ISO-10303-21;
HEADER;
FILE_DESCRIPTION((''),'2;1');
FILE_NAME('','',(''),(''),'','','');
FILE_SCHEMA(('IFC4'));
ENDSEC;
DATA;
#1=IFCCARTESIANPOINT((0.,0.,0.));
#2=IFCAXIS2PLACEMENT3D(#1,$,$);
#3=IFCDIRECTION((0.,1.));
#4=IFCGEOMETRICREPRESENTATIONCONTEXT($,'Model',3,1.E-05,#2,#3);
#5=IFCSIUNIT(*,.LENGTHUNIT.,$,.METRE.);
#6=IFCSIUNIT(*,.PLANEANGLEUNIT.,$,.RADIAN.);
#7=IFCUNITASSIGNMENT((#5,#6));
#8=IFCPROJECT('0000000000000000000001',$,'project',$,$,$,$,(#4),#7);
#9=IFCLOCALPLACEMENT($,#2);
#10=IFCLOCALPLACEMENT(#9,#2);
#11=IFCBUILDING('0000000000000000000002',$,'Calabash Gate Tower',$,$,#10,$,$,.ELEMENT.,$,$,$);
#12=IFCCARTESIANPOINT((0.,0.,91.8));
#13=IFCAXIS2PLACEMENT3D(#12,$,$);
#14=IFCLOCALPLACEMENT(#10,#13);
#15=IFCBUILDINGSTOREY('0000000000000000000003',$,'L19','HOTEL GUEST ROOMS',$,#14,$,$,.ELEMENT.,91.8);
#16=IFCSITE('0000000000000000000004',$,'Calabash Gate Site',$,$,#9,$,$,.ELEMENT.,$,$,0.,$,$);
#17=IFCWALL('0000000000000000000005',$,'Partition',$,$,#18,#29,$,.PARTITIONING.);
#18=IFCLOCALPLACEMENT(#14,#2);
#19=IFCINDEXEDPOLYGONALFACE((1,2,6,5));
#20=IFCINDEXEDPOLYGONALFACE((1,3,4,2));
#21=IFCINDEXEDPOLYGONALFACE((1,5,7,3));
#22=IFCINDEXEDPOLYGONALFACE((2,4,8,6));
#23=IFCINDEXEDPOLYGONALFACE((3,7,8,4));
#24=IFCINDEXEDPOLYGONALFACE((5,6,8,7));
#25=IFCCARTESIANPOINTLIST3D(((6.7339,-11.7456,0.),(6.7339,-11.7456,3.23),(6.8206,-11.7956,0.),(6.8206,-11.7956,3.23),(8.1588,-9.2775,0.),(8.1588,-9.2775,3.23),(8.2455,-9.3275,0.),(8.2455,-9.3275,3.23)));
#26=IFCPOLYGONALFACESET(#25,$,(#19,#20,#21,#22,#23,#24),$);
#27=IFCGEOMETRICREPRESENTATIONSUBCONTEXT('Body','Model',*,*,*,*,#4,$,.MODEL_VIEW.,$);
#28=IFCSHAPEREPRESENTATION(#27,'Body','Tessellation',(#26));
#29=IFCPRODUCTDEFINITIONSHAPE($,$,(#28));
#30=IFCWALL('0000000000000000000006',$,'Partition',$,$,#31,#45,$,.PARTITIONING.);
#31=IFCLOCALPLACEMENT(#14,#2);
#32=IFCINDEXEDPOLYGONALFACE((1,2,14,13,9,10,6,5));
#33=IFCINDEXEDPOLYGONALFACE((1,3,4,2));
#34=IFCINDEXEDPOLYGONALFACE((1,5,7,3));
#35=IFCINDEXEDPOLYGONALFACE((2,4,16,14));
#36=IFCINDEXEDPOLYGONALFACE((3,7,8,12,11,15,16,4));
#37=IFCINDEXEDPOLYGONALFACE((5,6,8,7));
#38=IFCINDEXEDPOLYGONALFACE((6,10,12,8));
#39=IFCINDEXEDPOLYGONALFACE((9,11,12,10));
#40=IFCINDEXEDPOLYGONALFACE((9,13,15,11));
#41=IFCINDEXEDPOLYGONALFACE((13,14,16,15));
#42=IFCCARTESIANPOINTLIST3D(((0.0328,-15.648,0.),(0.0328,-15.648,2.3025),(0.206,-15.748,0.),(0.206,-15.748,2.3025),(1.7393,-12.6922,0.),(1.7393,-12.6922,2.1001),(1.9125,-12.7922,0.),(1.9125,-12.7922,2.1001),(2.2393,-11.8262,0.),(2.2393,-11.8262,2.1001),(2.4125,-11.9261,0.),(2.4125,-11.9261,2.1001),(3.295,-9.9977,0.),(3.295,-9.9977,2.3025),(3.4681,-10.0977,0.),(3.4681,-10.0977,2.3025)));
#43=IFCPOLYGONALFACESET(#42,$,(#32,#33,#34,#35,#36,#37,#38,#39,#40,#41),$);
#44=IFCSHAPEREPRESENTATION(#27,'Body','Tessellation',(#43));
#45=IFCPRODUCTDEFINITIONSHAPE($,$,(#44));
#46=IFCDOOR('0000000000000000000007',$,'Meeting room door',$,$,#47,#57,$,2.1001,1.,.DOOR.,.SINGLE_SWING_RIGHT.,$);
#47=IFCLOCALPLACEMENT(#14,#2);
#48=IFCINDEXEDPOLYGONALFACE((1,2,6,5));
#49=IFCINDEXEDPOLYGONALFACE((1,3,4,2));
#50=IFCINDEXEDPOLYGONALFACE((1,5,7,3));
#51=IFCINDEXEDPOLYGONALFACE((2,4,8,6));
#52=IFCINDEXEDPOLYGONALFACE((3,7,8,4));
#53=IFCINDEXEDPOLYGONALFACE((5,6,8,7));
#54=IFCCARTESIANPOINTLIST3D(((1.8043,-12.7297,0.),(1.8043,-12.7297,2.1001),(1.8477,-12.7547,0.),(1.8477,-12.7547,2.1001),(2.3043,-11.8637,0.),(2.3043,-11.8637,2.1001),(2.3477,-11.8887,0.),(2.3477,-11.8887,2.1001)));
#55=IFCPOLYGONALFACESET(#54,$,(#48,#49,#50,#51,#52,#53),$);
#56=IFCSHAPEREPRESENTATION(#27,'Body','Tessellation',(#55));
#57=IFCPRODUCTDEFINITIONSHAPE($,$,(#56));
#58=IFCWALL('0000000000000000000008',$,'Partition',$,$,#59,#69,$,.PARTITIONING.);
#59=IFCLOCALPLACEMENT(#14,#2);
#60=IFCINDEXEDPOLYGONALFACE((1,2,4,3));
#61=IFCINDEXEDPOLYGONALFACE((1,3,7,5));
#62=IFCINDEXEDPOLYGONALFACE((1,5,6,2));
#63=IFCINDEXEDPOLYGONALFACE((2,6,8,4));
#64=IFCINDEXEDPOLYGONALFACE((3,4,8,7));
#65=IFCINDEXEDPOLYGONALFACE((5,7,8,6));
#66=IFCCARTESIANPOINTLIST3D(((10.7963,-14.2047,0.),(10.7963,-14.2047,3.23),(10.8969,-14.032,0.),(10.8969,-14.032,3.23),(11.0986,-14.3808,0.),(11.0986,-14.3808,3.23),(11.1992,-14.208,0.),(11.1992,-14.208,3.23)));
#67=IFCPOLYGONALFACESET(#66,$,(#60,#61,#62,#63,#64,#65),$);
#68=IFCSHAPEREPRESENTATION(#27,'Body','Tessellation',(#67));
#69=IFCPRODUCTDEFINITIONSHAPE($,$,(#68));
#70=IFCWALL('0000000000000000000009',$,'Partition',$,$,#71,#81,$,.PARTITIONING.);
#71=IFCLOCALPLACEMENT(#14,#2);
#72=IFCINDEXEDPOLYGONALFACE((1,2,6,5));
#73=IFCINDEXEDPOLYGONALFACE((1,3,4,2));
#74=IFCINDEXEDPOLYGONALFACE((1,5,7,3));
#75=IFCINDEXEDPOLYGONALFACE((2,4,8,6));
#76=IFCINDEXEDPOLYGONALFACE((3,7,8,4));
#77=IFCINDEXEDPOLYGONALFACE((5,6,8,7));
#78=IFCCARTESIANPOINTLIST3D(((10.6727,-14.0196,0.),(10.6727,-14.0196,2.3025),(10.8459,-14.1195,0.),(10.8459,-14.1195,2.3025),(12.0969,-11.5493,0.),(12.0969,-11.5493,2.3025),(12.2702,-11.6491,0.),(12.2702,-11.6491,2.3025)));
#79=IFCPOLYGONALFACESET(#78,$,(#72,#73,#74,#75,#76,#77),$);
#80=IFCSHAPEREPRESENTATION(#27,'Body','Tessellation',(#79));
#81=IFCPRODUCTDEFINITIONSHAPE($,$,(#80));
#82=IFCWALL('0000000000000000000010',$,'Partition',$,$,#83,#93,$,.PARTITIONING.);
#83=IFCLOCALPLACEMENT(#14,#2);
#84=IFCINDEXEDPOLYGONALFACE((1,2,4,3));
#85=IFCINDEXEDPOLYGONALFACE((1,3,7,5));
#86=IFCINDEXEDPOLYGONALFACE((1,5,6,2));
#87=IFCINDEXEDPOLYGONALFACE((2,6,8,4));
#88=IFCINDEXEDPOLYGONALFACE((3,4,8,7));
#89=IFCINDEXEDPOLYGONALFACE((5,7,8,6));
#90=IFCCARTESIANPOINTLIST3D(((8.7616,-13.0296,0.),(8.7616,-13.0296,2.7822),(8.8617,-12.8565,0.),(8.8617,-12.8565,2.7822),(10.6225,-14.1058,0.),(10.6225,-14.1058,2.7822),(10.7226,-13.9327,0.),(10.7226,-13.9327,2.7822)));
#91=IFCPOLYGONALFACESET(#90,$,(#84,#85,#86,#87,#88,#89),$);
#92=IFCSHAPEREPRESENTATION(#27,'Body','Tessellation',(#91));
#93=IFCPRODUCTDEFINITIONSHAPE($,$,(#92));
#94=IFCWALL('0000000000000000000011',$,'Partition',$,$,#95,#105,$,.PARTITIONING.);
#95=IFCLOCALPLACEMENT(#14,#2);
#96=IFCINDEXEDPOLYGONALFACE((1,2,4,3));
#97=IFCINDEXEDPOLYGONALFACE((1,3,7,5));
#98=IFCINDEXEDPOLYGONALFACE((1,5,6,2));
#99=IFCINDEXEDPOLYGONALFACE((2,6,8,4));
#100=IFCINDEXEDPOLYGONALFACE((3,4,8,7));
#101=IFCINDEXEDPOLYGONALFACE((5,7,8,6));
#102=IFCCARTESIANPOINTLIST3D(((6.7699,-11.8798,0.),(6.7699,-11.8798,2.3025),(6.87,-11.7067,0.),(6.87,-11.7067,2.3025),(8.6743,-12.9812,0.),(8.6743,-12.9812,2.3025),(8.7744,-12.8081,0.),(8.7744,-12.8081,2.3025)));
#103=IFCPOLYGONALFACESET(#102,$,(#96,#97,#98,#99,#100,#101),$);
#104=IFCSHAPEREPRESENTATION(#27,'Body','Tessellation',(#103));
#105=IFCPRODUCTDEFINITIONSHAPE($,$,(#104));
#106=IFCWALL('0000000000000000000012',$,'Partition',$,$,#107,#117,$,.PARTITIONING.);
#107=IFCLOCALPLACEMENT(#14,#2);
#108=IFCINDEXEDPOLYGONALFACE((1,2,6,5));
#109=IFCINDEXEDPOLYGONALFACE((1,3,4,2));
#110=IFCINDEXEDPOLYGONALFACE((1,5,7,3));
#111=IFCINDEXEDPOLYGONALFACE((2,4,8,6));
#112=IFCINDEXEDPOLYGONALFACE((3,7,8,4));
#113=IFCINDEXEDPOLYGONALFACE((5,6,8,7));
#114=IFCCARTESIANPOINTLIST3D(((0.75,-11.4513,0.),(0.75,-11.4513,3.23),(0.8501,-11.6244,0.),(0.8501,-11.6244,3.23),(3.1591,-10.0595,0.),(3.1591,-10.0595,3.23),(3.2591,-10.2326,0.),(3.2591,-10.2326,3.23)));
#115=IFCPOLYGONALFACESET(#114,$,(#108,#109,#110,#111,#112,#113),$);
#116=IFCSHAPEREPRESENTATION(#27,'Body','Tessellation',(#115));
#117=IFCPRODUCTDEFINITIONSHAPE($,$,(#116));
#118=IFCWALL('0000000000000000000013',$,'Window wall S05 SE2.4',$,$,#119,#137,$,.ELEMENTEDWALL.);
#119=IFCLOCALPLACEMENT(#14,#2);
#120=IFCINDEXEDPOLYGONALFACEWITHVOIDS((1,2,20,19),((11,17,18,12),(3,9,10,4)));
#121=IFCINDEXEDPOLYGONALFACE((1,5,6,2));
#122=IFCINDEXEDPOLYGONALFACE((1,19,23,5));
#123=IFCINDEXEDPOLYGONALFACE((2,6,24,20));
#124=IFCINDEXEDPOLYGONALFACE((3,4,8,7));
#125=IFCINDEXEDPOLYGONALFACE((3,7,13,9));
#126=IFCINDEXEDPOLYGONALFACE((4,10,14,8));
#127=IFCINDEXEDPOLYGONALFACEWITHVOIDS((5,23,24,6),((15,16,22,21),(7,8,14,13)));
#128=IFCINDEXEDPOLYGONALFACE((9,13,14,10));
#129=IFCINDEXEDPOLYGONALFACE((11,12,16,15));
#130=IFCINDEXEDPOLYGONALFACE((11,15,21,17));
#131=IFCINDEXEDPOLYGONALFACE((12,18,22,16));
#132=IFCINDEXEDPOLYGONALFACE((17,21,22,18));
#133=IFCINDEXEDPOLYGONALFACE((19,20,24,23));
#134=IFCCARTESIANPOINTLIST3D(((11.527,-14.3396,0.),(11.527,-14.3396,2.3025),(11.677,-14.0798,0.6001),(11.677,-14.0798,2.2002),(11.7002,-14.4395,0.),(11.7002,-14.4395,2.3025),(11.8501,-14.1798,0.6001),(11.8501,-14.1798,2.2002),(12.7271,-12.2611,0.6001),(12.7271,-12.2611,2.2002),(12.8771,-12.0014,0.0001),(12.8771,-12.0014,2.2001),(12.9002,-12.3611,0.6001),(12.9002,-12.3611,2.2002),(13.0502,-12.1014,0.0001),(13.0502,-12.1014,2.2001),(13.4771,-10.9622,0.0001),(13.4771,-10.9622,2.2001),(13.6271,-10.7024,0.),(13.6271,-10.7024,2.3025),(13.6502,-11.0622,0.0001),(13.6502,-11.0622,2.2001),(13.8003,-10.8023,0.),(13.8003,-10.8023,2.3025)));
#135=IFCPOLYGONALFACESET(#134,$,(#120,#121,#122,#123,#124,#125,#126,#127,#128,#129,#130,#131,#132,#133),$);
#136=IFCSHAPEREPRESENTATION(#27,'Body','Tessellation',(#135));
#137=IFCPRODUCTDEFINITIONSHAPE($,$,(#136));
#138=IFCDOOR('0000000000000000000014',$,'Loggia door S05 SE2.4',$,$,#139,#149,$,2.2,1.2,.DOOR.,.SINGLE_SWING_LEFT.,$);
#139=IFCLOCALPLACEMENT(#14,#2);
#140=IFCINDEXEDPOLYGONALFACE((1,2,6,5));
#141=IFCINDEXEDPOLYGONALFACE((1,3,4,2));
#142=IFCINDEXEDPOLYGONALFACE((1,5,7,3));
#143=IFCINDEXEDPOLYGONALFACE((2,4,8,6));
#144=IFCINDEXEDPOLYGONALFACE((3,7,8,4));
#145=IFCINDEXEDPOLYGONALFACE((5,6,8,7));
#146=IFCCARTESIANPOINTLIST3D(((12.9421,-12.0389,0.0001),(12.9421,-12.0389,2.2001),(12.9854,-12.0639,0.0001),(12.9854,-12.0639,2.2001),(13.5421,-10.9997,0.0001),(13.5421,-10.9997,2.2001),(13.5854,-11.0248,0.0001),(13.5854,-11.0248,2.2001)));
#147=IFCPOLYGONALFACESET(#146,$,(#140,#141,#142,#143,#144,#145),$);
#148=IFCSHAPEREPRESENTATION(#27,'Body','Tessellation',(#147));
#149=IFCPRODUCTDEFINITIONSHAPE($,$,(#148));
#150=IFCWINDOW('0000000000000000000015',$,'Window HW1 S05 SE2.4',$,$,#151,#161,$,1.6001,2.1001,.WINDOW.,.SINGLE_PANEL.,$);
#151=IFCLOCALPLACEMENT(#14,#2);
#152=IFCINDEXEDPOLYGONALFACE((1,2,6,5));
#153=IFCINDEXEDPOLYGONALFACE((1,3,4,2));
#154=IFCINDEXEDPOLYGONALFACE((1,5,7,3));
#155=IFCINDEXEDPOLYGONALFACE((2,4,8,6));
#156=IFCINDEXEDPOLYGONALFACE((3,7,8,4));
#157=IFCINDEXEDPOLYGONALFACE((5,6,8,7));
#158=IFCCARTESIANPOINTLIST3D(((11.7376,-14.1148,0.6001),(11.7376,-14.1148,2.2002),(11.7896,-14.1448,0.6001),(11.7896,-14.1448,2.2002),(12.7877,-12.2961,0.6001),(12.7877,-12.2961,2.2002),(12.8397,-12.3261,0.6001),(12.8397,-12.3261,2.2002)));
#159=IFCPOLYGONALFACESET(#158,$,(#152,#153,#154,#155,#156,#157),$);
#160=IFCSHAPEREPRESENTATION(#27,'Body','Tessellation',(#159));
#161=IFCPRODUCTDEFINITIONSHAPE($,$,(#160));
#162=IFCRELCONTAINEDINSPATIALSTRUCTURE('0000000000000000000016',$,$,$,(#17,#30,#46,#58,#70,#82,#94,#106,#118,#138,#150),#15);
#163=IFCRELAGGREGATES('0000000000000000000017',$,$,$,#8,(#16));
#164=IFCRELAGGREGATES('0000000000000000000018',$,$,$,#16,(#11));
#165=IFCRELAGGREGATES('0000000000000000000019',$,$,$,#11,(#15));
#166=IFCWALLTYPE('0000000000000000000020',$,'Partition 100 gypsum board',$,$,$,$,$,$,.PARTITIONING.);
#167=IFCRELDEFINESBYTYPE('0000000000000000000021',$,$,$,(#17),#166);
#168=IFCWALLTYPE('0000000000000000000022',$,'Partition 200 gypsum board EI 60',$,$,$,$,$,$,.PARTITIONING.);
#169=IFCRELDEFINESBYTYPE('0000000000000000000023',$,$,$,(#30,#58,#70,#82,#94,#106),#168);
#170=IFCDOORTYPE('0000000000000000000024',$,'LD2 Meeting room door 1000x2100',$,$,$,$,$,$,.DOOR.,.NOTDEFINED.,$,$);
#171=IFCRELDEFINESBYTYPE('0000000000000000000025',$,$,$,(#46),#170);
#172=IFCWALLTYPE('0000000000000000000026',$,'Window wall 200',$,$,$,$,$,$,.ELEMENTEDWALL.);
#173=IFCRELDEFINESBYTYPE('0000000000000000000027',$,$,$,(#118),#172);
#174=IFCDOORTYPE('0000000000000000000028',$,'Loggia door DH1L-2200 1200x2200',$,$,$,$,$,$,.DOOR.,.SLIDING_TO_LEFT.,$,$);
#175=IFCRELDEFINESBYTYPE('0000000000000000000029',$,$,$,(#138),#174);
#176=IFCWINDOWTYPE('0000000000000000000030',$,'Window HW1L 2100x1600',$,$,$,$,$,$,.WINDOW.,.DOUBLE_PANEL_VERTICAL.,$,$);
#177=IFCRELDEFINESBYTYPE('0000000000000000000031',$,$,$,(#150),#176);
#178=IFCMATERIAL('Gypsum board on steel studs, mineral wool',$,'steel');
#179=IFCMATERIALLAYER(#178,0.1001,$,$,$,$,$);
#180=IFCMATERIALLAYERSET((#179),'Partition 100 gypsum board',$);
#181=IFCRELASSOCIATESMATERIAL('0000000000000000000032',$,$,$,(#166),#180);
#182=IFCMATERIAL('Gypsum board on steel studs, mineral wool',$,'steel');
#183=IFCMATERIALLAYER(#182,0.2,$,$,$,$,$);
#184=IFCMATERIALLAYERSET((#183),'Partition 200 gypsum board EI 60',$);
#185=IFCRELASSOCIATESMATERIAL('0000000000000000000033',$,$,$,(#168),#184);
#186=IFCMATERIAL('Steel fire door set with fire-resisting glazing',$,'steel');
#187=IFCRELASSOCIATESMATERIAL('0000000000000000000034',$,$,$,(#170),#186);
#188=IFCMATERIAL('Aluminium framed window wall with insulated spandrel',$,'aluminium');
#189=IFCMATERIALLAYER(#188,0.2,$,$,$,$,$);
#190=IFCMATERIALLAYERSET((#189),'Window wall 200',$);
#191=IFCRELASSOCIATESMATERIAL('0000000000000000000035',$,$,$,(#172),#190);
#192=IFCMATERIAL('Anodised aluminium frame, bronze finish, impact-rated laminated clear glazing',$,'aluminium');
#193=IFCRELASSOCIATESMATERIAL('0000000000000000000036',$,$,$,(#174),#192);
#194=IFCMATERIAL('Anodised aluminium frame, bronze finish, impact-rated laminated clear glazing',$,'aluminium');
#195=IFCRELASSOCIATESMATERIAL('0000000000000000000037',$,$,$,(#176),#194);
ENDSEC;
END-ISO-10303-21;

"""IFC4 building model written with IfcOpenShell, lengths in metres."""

from ifc_helpers import new_model, si_unit, direction, frame, frame_2d, origin, place, context, subcontext, project, spatial, rectangle, extrude, material, layer, layer_set, type_object, element, fill, save


model = new_model("IFC4")

# Units and contexts
model_context = context("Model", 3, precision=1e-05, world=origin(), true_north=direction((0.0, 1.0)))
body_context = subcontext(model_context, "Body", "Model", "MODEL_VIEW")
ifc_project = project(units=[si_unit("LENGTHUNIT", "METRE"), si_unit("PLANEANGLEUNIT", "RADIAN")], contexts=[model_context])

# Site, building, storey
site_placement = place(None, origin())
site = spatial("IfcSite", under=ifc_project, at=site_placement, Name="Calabash Gate Site", CompositionType="ELEMENT", RefElevation=0.0)
building_placement = place(site_placement, origin())
building = spatial("IfcBuilding", under=site, at=building_placement, Name="Calabash Gate Tower", CompositionType="ELEMENT")
storey_placement = place(building_placement, frame((0.0, 0.0, 91.8)))
storey = spatial("IfcBuildingStorey", under=building, at=storey_placement, Name="L19", Description="HOTEL GUEST ROOMS", CompositionType="ELEMENT", Elevation=91.8)

# Shared definitions
ifc_material_1 = material(Name="Gypsum board on steel studs, mineral wool", Category="steel")
ifc_layer_1 = layer(ifc_material_1, 0.1001)
ifc_layer_set_1 = layer_set([ifc_layer_1], Name="Partition 100 gypsum board")
wall_type_1 = type_object("IfcWallType", Name="Partition 100 gypsum board", PredefinedType="PARTITIONING", material=ifc_layer_set_1)

# Wall
wall_1_placement = place(storey_placement, frame((6.7773, -11.7705, 0.0), z_axis=(0.0, 0.0, 1.0), x_axis=(0.499972, 0.866041, 0.0)))
element("IfcWall", 1, at=wall_1_placement, inside=storey, type_object=wall_type_1, Name="Partition", PredefinedType="PARTITIONING", context=body_context, shape_type="SweptSolid", body=[
    extrude(rectangle(XDim=2.8499, YDim=0.1001, at=frame_2d((1.4248, 0.0))), origin(), (0.0, 0.0, 1.0), 3.23),
])

# Wall, opening, door
ifc_material_2 = material(Name="Gypsum board on steel studs, mineral wool", Category="steel")
ifc_layer_2 = layer(ifc_material_2, 0.2)
ifc_layer_set_2 = layer_set([ifc_layer_2], Name="Partition 200 gypsum board EI 60")
wall_type_2 = type_object("IfcWallType", Name="Partition 200 gypsum board EI 60", PredefinedType="PARTITIONING", material=ifc_layer_set_2)
wall_2_placement = place(storey_placement, frame((0.1194, -15.698, 0.0), z_axis=(0.0, 0.0, 1.0), x_axis=(0.499995, 0.866029, 0.0)))
wall_2 = element("IfcWall", 2, at=wall_2_placement, inside=storey, type_object=wall_type_2, Name="Partition", PredefinedType="PARTITIONING", context=body_context, shape_type="SweptSolid", body=[
    extrude(rectangle(XDim=6.5244, YDim=0.2, at=frame_2d((3.2622, 0.0))), origin(), (0.0, 0.0, 1.0), 2.3025),
])
opening_1_placement = place(wall_2_placement, frame((3.4131, 0.0, 0.0)))
opening_1 = element("IfcOpeningElement", 3, at=opening_1_placement, cuts=wall_2, PredefinedType="OPENING", context=body_context, shape_type="SweptSolid", body=[
    extrude(rectangle(XDim=1.0, YDim=2.1001, at=frame_2d((0.5, 1.05))), frame((0.0, 0.1099, 0.0), z_axis=(0.0, -1.0, 0.0), x_axis=(1.0, 0.0, 0.0)), (0.0, 0.0, 1.0), 0.22),
])
ifc_material_3 = material(Name="Steel fire door set with fire-resisting glazing", Category="steel")
door_type_1 = type_object("IfcDoorType", Name="LD2 Meeting room door 1000x2100", OperationType="NOTDEFINED", PredefinedType="DOOR", material=ifc_material_3)
door_1_placement = place(opening_1_placement, origin())
door_1 = element("IfcDoor", 4, at=door_1_placement, inside=storey, type_object=door_type_1, Name="Meeting room door", OperationType="SINGLE_SWING_RIGHT", OverallHeight=2.1001, OverallWidth=1.0, PredefinedType="DOOR", context=body_context, shape_type="SweptSolid", body=[
    extrude(rectangle(XDim=1.0, YDim=2.1001, at=frame_2d((0.5, 1.05))), frame((0.0, 0.0249, 0.0), z_axis=(0.0, -1.0, 0.0), x_axis=(1.0, 0.0, 0.0)), (0.0, 0.0, 1.0), 0.05),
])
fill(opening_1, door_1)

# Walls
wall_3_placement = place(storey_placement, frame((10.8467, -14.1184, 0.0), z_axis=(0.0, 0.0, 1.0), x_axis=(0.864133, -0.503263, 0.0)))
element("IfcWall", 5, at=wall_3_placement, inside=storey, type_object=wall_type_2, Name="Partition", PredefinedType="PARTITIONING", context=body_context, shape_type="SweptSolid", body=[
    extrude(rectangle(XDim=0.3499, YDim=0.2, at=frame_2d((0.1748, 0.0))), origin(), (0.0, 0.0, 1.0), 3.23),
])
wall_4_placement = place(storey_placement, frame((10.7593, -14.0696, 0.0), z_axis=(0.0, 0.0, 1.0), x_axis=(0.499473, 0.86633, 0.0)))
element("IfcWall", 6, at=wall_4_placement, inside=storey, type_object=wall_type_2, Name="Partition", PredefinedType="PARTITIONING", context=body_context, shape_type="SweptSolid", body=[
    extrude(rectangle(XDim=2.8516, YDim=0.2, at=frame_2d((1.4258, 0.0))), origin(), (0.0, 0.0, 1.0), 2.3025),
])
wall_5_placement = place(storey_placement, frame((8.8118, -12.9431, 0.0), z_axis=(0.0, 0.0, 1.0), x_axis=(0.865659, -0.500633, 0.0)))
element("IfcWall", 7, at=wall_5_placement, inside=storey, type_object=wall_type_2, Name="Partition", PredefinedType="PARTITIONING", context=body_context, shape_type="SweptSolid", body=[
    extrude(rectangle(XDim=2.1497, YDim=0.2, at=frame_2d((1.0747, 0.0))), origin(), (0.0, 0.0, 1.0), 2.7822),
])
wall_6_placement = place(storey_placement, frame((6.8198, -11.7932, 0.0), z_axis=(0.0, 0.0, 1.0), x_axis=(0.865657, -0.500638, 0.0)))
element("IfcWall", 8, at=wall_6_placement, inside=storey, type_object=wall_type_2, Name="Partition", PredefinedType="PARTITIONING", context=body_context, shape_type="SweptSolid", body=[
    extrude(rectangle(XDim=2.2, YDim=0.2, at=frame_2d((1.1001, 0.0))), origin(), (0.0, 0.0, 1.0), 2.3025),
])
wall_7_placement = place(storey_placement, frame((0.8, -11.5378, 0.0), z_axis=(0.0, 0.0, 1.0), x_axis=(0.865884, 0.500244, 0.0)))
element("IfcWall", 9, at=wall_7_placement, inside=storey, type_object=wall_type_2, Name="Partition", PredefinedType="PARTITIONING", context=body_context, shape_type="SweptSolid", body=[
    extrude(rectangle(XDim=2.7822, YDim=0.2, at=frame_2d((1.3911, 0.0))), origin(), (0.0, 0.0, 1.0), 3.23),
])

# Wall, openings, door, window
ifc_material_4 = material(Name="Aluminium framed window wall with insulated spandrel", Category="aluminium")
ifc_layer_3 = layer(ifc_material_4, 0.2)
ifc_layer_set_3 = layer_set([ifc_layer_3], Name="Window wall 200")
wall_type_3 = type_object("IfcWallType", Name="Window wall 200", PredefinedType="ELEMENTEDWALL", material=ifc_layer_set_3)
wall_8_placement = place(storey_placement, frame((11.6135, -14.3896, 0.0), z_axis=(0.0, 0.0, 1.0), x_axis=(0.500028, 0.866009, 0.0)))
wall_8 = element("IfcWall", 10, at=wall_8_placement, inside=storey, type_object=wall_type_3, Name="Window wall S05 SE2.4", PredefinedType="ELEMENTEDWALL", context=body_context, shape_type="SweptSolid", body=[
    extrude(rectangle(XDim=4.2, YDim=0.2, at=frame_2d((2.1001, 0.0))), origin(), (0.0, 0.0, 1.0), 2.3025),
])
opening_2_placement = place(wall_8_placement, frame((0.3, 0.0, 0.6001)))
opening_2 = element("IfcOpeningElement", 11, at=opening_2_placement, cuts=wall_8, PredefinedType="OPENING", context=body_context, shape_type="SweptSolid", body=[
    extrude(rectangle(XDim=2.1001, YDim=1.6001, at=frame_2d((1.05, 0.8))), frame((0.0, 0.1099, 0.0), z_axis=(0.0, -1.0, 0.0), x_axis=(1.0, 0.0, 0.0)), (0.0, 0.0, 1.0), 0.22),
])
opening_3_placement = place(wall_8_placement, frame((2.7, 0.0, 0.0)))
opening_3 = element("IfcOpeningElement", 12, at=opening_3_placement, cuts=wall_8, PredefinedType="OPENING", context=body_context, shape_type="SweptSolid", body=[
    extrude(rectangle(XDim=1.2, YDim=2.2, at=frame_2d((0.6001, 1.1001))), frame((0.0, 0.1099, 0.0), z_axis=(0.0, -1.0, 0.0), x_axis=(1.0, 0.0, 0.0)), (0.0, 0.0, 1.0), 0.22),
])
ifc_material_5 = material(Name="Anodised aluminium frame, bronze finish, impact-rated laminated clear glazing", Category="aluminium")
door_type_2 = type_object("IfcDoorType", Name="Loggia door DH1L-2200 1200x2200", OperationType="SLIDING_TO_LEFT", PredefinedType="DOOR", material=ifc_material_5)
door_2_placement = place(opening_3_placement, origin())
door_2 = element("IfcDoor", 13, at=door_2_placement, inside=storey, type_object=door_type_2, Name="Loggia door S05 SE2.4", OperationType="SINGLE_SWING_LEFT", OverallHeight=2.2, OverallWidth=1.2, PredefinedType="DOOR", context=body_context, shape_type="SweptSolid", body=[
    extrude(rectangle(XDim=1.2, YDim=2.2, at=frame_2d((0.6001, 1.1001))), frame((0.0, 0.0249, 0.0), z_axis=(0.0, -1.0, 0.0), x_axis=(1.0, 0.0, 0.0)), (0.0, 0.0, 1.0), 0.05),
])
fill(opening_3, door_2)
ifc_material_6 = material(Name="Anodised aluminium frame, bronze finish, impact-rated laminated clear glazing", Category="aluminium")
window_type = type_object("IfcWindowType", Name="Window HW1L 2100x1600", PartitioningType="DOUBLE_PANEL_VERTICAL", PredefinedType="WINDOW", material=ifc_material_6)
window_placement = place(opening_2_placement, origin())
window = element("IfcWindow", 14, at=window_placement, inside=storey, type_object=window_type, Name="Window HW1 S05 SE2.4", OverallHeight=1.6001, OverallWidth=2.1001, PartitioningType="SINGLE_PANEL", PredefinedType="WINDOW", context=body_context, shape_type="SweptSolid", body=[
    extrude(rectangle(XDim=2.1001, YDim=1.6001, at=frame_2d((1.05, 0.8))), frame((0.0, 0.03, 0.0), z_axis=(0.0, -1.0, 0.0), x_axis=(1.0, 0.0, 0.0)), (0.0, 0.0, 1.0), 0.0601),
])
fill(opening_2, window)

save(model, "model.ifc")
